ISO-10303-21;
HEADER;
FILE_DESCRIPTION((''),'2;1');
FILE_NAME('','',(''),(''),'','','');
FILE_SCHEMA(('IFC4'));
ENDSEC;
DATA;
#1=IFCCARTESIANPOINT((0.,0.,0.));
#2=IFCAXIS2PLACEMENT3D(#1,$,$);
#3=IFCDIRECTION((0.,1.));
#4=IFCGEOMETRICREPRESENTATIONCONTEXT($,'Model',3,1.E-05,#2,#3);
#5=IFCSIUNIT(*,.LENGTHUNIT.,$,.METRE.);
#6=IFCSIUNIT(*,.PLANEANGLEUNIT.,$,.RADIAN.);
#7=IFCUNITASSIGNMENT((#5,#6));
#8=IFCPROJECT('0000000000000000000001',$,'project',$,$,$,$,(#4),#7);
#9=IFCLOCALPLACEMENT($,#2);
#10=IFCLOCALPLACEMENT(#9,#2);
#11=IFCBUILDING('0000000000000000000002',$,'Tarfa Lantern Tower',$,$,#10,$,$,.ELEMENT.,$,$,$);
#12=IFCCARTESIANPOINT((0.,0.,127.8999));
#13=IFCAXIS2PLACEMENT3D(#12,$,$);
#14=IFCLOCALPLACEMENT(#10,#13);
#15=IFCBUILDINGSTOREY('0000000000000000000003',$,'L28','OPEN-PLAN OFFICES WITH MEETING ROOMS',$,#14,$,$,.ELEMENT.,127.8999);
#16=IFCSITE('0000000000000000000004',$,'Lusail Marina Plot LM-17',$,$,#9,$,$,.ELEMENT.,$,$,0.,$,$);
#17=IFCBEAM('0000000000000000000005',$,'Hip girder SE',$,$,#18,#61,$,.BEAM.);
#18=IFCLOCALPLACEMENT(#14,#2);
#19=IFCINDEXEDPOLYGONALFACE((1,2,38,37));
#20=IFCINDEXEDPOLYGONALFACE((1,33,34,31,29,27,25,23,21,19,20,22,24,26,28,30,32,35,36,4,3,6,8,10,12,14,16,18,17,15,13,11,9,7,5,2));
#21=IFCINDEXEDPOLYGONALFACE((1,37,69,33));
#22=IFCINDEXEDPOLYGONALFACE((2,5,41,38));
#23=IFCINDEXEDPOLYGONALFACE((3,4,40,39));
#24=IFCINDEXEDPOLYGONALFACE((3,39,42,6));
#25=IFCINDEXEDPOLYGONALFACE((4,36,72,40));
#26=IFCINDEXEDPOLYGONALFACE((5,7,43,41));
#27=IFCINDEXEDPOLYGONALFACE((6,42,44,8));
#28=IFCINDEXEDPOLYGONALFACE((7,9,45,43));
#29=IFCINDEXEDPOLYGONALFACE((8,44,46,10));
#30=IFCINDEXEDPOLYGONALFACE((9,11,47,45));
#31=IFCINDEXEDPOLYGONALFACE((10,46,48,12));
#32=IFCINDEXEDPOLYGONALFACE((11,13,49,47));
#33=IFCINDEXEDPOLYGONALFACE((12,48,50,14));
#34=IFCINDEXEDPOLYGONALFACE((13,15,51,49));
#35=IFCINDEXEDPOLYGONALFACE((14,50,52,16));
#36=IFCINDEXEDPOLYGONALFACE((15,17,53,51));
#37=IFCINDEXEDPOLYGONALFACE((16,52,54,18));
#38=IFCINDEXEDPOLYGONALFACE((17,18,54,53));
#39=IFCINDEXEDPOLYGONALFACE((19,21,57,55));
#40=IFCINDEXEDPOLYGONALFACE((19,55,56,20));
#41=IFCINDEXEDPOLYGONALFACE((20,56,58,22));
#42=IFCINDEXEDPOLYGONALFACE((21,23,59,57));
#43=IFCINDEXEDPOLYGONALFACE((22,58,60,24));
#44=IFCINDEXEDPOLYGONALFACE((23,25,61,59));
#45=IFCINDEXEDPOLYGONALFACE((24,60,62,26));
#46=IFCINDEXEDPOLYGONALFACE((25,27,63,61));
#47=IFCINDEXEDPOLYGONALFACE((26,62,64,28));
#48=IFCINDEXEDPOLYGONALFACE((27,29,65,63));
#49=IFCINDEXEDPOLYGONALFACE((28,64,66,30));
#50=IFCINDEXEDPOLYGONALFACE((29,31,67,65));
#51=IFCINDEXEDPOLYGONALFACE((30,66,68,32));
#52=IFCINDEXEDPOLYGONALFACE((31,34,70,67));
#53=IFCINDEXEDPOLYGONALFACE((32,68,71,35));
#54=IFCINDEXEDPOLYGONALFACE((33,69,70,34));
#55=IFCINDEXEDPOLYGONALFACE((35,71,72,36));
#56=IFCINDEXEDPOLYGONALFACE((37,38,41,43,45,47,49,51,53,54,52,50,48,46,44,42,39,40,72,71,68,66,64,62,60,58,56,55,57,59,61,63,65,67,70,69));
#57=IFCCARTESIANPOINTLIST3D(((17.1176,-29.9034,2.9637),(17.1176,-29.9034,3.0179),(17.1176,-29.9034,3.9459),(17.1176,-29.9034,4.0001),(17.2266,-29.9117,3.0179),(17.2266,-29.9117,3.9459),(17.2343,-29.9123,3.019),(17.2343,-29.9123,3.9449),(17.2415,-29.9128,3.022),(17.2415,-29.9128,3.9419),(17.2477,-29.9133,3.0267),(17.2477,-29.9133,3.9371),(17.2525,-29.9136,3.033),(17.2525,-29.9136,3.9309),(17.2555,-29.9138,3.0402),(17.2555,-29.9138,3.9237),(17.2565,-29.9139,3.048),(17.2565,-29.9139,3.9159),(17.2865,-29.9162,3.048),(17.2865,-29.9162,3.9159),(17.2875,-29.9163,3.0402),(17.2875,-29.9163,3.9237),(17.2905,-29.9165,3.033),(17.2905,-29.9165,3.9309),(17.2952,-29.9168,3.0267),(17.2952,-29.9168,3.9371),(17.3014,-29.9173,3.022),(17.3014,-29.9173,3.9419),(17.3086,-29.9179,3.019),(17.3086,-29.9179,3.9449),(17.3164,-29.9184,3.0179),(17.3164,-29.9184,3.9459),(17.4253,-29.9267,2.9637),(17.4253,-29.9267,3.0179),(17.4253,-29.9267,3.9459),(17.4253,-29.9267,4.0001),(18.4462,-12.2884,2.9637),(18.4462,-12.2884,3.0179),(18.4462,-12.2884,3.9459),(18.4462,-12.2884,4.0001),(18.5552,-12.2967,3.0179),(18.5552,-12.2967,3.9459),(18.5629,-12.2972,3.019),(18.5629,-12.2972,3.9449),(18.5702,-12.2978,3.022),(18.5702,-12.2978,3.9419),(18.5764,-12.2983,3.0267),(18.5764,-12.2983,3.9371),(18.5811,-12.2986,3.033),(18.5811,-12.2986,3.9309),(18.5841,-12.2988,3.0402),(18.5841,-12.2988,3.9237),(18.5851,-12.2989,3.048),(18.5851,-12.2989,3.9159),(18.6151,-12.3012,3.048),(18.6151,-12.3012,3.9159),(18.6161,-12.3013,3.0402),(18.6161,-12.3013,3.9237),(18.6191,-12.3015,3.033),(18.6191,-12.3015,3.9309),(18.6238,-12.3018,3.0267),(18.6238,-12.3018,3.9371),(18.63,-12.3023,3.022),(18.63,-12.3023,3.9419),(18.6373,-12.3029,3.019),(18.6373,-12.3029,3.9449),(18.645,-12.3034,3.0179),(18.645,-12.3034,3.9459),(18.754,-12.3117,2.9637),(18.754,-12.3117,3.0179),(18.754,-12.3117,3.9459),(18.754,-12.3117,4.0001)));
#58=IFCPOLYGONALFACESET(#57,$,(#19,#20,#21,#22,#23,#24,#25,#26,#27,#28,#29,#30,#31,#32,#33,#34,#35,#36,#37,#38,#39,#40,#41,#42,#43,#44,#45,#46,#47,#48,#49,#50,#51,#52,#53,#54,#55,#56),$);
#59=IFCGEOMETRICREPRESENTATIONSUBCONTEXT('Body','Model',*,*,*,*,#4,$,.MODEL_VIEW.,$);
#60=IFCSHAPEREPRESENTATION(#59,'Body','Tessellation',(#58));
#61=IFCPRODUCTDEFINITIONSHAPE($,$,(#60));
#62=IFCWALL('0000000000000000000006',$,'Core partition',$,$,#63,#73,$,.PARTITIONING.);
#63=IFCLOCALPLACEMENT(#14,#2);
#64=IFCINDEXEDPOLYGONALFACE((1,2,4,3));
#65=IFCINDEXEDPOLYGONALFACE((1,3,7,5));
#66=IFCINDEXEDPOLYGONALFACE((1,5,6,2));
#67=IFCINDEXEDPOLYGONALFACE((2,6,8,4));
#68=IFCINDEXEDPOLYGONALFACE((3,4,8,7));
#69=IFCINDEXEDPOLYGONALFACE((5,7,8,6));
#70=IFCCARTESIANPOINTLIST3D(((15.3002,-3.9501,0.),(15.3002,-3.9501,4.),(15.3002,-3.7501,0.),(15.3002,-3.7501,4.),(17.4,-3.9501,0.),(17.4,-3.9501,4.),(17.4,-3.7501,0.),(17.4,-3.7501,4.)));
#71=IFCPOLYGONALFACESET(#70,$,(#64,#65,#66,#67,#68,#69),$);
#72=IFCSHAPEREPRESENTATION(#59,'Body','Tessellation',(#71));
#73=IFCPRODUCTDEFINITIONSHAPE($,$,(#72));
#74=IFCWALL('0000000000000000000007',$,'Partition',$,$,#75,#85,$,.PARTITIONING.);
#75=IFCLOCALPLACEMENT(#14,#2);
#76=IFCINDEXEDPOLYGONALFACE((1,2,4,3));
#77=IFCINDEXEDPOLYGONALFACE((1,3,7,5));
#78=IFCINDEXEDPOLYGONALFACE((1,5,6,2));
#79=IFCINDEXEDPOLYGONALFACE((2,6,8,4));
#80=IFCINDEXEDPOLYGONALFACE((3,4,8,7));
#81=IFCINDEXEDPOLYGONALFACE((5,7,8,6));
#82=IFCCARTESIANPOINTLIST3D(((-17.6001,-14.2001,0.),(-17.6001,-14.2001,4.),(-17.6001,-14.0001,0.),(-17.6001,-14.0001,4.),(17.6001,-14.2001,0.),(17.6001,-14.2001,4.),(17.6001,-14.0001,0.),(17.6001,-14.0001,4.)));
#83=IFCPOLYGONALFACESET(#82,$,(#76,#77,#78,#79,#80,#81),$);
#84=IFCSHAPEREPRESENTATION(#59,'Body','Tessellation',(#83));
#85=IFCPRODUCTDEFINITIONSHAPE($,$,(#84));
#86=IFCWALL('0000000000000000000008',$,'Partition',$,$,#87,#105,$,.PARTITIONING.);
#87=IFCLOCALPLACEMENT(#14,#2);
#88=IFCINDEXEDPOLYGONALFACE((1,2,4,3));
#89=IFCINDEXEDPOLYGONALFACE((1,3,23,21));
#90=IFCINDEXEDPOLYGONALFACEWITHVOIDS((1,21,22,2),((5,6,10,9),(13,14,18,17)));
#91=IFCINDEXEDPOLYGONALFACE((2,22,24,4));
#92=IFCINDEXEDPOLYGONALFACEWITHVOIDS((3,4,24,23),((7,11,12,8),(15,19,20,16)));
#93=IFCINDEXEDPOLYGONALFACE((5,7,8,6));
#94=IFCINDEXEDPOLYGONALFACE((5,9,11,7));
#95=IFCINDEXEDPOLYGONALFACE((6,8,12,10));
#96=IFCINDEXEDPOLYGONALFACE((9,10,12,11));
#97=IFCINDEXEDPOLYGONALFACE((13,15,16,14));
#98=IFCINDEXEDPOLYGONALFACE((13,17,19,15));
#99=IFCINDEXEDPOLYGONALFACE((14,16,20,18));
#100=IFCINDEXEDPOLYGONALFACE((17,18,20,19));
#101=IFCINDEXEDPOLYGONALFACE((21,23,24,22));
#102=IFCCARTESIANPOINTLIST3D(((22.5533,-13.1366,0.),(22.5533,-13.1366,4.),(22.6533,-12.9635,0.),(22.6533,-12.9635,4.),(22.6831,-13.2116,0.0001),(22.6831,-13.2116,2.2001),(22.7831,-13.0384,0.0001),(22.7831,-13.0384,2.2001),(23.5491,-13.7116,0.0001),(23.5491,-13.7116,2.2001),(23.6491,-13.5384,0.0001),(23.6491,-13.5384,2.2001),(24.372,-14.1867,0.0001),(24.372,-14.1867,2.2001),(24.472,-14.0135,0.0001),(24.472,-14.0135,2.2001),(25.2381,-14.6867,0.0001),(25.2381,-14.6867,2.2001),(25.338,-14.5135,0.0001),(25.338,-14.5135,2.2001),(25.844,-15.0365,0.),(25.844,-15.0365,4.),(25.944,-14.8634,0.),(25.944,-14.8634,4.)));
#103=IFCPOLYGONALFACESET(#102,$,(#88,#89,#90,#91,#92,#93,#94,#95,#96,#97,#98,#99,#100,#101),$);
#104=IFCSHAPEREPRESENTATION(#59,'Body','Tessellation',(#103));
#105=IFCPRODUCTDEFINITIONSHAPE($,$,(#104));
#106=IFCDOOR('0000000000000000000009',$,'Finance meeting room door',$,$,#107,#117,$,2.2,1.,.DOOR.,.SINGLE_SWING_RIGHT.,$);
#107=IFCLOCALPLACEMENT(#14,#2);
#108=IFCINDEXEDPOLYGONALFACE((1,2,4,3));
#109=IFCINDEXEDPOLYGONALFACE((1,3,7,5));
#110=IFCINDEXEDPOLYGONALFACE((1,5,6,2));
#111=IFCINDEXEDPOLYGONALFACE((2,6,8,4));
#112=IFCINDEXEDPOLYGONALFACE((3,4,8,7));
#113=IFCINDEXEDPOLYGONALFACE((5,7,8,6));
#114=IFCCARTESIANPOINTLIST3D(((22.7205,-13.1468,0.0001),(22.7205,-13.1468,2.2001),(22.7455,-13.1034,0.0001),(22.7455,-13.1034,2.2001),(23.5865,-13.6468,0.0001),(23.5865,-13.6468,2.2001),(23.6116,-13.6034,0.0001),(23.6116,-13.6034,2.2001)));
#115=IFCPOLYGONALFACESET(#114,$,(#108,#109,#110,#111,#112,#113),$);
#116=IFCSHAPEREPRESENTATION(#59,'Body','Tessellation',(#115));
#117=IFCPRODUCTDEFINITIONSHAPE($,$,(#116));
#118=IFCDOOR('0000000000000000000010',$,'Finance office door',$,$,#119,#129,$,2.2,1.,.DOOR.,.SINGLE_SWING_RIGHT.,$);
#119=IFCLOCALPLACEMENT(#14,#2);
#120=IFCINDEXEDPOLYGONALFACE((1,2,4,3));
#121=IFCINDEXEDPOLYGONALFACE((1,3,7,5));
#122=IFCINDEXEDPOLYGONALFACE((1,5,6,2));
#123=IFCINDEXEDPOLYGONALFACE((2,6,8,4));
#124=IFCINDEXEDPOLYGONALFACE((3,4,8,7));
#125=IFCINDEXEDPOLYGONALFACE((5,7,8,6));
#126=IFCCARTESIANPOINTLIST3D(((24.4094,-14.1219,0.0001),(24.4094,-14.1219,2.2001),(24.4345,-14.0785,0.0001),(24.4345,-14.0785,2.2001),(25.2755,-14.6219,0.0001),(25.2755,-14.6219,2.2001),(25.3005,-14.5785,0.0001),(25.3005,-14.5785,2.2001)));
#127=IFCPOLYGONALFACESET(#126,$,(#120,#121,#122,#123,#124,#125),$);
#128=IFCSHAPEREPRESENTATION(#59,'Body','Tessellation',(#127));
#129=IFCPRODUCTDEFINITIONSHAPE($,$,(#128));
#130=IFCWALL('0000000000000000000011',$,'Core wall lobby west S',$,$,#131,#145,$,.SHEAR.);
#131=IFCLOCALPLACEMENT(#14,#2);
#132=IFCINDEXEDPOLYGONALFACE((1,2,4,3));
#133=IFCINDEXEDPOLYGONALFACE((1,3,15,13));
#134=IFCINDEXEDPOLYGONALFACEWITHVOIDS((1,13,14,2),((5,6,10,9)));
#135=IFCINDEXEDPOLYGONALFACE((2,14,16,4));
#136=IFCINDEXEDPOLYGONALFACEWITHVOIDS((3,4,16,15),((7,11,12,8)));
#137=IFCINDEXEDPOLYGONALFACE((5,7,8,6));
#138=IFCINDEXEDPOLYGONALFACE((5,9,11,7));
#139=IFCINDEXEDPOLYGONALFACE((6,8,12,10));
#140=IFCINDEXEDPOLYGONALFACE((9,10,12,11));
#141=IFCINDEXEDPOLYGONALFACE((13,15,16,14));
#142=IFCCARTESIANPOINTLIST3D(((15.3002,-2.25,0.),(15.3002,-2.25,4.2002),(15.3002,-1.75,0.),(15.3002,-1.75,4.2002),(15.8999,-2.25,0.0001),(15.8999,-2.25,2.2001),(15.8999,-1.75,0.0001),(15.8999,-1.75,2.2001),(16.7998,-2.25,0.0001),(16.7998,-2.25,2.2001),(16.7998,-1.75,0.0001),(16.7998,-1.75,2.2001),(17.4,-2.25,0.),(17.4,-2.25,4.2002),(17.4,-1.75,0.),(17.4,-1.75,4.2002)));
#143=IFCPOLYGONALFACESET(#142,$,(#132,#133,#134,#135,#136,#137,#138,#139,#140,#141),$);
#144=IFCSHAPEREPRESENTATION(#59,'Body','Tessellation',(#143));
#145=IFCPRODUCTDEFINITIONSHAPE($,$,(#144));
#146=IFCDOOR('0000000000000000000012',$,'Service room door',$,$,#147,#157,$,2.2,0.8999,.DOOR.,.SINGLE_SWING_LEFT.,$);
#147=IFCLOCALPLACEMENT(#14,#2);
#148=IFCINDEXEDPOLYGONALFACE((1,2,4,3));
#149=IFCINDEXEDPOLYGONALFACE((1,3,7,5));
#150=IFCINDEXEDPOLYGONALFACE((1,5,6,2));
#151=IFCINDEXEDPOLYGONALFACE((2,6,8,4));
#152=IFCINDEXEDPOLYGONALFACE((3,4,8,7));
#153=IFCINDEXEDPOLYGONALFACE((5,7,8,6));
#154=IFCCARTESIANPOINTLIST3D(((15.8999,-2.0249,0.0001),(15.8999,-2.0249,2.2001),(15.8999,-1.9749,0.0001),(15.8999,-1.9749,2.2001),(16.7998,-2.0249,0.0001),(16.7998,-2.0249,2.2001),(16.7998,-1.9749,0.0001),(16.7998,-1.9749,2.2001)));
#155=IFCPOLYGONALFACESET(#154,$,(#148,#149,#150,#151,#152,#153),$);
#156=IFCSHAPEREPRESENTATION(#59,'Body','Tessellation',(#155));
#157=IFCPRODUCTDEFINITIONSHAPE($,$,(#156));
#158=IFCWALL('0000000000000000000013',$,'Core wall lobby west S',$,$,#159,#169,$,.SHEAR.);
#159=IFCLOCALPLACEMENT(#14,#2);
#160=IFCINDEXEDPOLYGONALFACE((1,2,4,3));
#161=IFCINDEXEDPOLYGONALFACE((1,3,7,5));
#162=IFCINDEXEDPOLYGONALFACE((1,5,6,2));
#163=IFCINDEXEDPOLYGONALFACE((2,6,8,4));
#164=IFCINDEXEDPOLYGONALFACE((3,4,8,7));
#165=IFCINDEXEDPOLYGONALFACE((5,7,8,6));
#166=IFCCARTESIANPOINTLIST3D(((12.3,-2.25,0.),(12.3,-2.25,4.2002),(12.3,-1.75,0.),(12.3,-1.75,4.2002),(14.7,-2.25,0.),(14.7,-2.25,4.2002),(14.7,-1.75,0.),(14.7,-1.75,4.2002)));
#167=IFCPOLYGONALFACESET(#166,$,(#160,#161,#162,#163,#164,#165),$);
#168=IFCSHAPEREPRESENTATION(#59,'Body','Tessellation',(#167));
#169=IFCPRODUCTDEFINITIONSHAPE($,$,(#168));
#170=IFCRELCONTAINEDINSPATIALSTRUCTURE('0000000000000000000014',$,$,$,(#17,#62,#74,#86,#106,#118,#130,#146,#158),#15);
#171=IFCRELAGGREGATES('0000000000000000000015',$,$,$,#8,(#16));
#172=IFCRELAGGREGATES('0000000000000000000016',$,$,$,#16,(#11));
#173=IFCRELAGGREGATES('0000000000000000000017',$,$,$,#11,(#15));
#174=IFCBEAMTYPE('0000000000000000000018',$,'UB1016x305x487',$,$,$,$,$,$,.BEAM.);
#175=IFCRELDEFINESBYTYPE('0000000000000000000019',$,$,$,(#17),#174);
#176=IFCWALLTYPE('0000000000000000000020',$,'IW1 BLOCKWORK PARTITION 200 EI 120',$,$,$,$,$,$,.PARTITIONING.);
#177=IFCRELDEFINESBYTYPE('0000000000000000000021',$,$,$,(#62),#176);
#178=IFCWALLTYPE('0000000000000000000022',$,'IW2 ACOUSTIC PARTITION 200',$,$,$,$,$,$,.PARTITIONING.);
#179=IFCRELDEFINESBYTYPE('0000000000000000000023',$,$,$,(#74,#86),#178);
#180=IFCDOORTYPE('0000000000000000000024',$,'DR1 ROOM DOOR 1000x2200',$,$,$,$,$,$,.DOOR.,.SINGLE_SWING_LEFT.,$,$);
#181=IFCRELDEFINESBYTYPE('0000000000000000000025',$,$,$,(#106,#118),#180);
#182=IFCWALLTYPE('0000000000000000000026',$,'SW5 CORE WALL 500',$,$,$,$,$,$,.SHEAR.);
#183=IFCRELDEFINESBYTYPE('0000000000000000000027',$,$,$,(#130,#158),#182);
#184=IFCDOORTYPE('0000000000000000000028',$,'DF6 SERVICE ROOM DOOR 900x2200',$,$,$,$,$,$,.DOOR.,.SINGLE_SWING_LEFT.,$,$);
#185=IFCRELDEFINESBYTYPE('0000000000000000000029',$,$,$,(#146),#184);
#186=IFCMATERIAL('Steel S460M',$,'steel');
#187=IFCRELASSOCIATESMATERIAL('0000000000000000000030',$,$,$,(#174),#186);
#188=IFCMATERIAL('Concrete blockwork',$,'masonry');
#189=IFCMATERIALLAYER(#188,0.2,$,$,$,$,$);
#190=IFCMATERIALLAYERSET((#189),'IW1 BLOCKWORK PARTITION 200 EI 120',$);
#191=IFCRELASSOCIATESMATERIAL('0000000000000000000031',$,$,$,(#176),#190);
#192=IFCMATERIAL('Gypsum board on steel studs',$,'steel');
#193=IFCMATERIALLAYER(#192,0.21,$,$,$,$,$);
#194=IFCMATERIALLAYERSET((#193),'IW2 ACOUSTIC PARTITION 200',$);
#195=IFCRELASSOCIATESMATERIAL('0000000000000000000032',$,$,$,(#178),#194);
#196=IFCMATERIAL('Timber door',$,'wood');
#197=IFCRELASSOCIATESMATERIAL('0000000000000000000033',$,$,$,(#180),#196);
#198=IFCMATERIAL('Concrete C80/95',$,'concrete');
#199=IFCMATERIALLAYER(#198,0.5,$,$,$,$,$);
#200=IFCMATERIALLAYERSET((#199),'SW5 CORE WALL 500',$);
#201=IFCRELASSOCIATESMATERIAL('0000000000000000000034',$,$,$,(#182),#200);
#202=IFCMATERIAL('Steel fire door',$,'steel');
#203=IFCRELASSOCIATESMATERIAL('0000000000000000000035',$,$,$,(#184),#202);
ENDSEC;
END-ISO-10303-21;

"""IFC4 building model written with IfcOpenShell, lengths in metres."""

from ifc_helpers import new_model, si_unit, direction, frame, frame_2d, origin, origin_2d, place, context, subcontext, project, spatial, rectangle, i_section, extrude, material, layer, layer_set, material_profile, profile_set, type_object, element, fill, save


model = new_model("IFC4")

# Units and contexts
model_context = context("Model", 3, precision=1e-05, world=origin(), true_north=direction((0.0, 1.0)))
body_context = subcontext(model_context, "Body", "Model", "MODEL_VIEW")
ifc_project = project(units=[si_unit("LENGTHUNIT", "METRE"), si_unit("PLANEANGLEUNIT", "RADIAN")], contexts=[model_context])

# Site, building, storey
site_placement = place(None, origin())
site = spatial("IfcSite", under=ifc_project, at=site_placement, Name="Lusail Marina Plot LM-17", CompositionType="ELEMENT", RefElevation=0.0)
building_placement = place(site_placement, origin())
building = spatial("IfcBuilding", under=site, at=building_placement, Name="Tarfa Lantern Tower", CompositionType="ELEMENT")
storey_placement = place(building_placement, frame((0.0, 0.0, 127.8999)))
storey = spatial("IfcBuildingStorey", under=building, at=storey_placement, Name="L28", Description="OPEN-PLAN OFFICES WITH MEETING ROOMS", CompositionType="ELEMENT", Elevation=127.8999)

# Beam
ifc_material_1 = material(Name="Steel S460M", Category="steel")
ifc_material_profile = material_profile(ifc_material_1, i_section(OverallWidth=0.3086, OverallDepth=1.0364, WebThickness=0.03, FlangeThickness=0.0542, FilletRadius=0.03, at=origin_2d()), Name="UB1016x305x487")
ifc_profile_set = profile_set([ifc_material_profile], Name="Steel S460M")
beam_type = type_object("IfcBeamType", Name="UB1016x305x487", PredefinedType="BEAM", material=ifc_profile_set)
beam_placement = place(storey_placement, frame((18.6001, -12.3, 3.4819), z_axis=(-0.075212, -0.997168, 0.0), x_axis=(0.997168, -0.075212, 0.0)))
element("IfcBeam", 1, at=beam_placement, inside=storey, type_object=beam_type, Name="Hip girder SE", PredefinedType="BEAM", context=body_context, shape_type="SweptSolid", body=[
    extrude(i_section(OverallWidth=0.3086, OverallDepth=1.0364, WebThickness=0.03, FlangeThickness=0.0542, FilletRadius=0.03, at=origin_2d()), origin(), (0.0, 0.0, 1.0), 17.665),
])

# Walls
ifc_material_2 = material(Name="Concrete blockwork", Category="masonry")
ifc_layer_1 = layer(ifc_material_2, 0.2)
ifc_layer_set_1 = layer_set([ifc_layer_1], Name="IW1 BLOCKWORK PARTITION 200 EI 120")
wall_type_1 = type_object("IfcWallType", Name="IW1 BLOCKWORK PARTITION 200 EI 120", PredefinedType="PARTITIONING", material=ifc_layer_set_1)
wall_1_placement = place(storey_placement, frame((17.3999, -3.8501, 0.0), z_axis=(0.0, 0.0, 1.0), x_axis=(-1.0, 0.0, 0.0)))
element("IfcWall", 2, at=wall_1_placement, inside=storey, type_object=wall_type_1, Name="Core partition", PredefinedType="PARTITIONING", context=body_context, shape_type="SweptSolid", body=[
    extrude(rectangle(XDim=2.0999, YDim=0.2, at=frame_2d((1.0498, 0.0))), origin(), (0.0, 0.0, 1.0), 4.0),
])
ifc_material_3 = material(Name="Gypsum board on steel studs", Category="steel")
ifc_layer_2 = layer(ifc_material_3, 0.21)
ifc_layer_set_2 = layer_set([ifc_layer_2], Name="IW2 ACOUSTIC PARTITION 200")
wall_type_2 = type_object("IfcWallType", Name="IW2 ACOUSTIC PARTITION 200", PredefinedType="PARTITIONING", material=ifc_layer_set_2)
wall_2_placement = place(storey_placement, frame((17.6001, -14.1001, 0.0), z_axis=(0.0, 0.0, 1.0), x_axis=(-1.0, 0.0, 0.0)))
element("IfcWall", 3, at=wall_2_placement, inside=storey, type_object=wall_type_2, Name="Partition", PredefinedType="PARTITIONING", context=body_context, shape_type="SweptSolid", body=[
    extrude(rectangle(XDim=35.2002, YDim=0.2, at=frame_2d((17.6001, 0.0))), origin(), (0.0, 0.0, 1.0), 4.0),
])

# Wall, openings, doors
wall_3_placement = place(storey_placement, frame((22.6033, -13.05, 0.0), z_axis=(0.0, 0.0, 1.0), x_axis=(0.866028, -0.499995, 0.0)))
wall_3 = element("IfcWall", 4, at=wall_3_placement, inside=storey, type_object=wall_type_2, Name="Partition", PredefinedType="PARTITIONING", context=body_context, shape_type="SweptSolid", body=[
    extrude(rectangle(XDim=3.7998, YDim=0.2, at=frame_2d((1.8999, 0.0))), origin(), (0.0, 0.0, 1.0), 4.0),
])
opening_1_placement = place(wall_3_placement, frame((0.1499, 0.0, 0.0)))
opening_1 = element("IfcOpeningElement", 5, at=opening_1_placement, cuts=wall_3, PredefinedType="OPENING", context=body_context, shape_type="SweptSolid", body=[
    extrude(rectangle(XDim=1.0, YDim=2.2, at=frame_2d((0.5, 1.1001))), frame((0.0, 0.1099, 0.0), z_axis=(0.0, -1.0, 0.0), x_axis=(1.0, 0.0, 0.0)), (0.0, 0.0, 1.0), 0.22),
])
opening_2_placement = place(wall_3_placement, frame((2.1001, 0.0, 0.0)))
opening_2 = element("IfcOpeningElement", 6, at=opening_2_placement, cuts=wall_3, PredefinedType="OPENING", context=body_context, shape_type="SweptSolid", body=[
    extrude(rectangle(XDim=1.0, YDim=2.2, at=frame_2d((0.5, 1.1001))), frame((0.0, 0.1099, 0.0), z_axis=(0.0, -1.0, 0.0), x_axis=(1.0, 0.0, 0.0)), (0.0, 0.0, 1.0), 0.22),
])
ifc_material_4 = material(Name="Timber door", Category="wood")
door_type_1 = type_object("IfcDoorType", Name="DR1 ROOM DOOR 1000x2200", OperationType="SINGLE_SWING_LEFT", PredefinedType="DOOR", material=ifc_material_4)
door_1_placement = place(opening_1_placement, origin())
door_1 = element("IfcDoor", 7, at=door_1_placement, inside=storey, type_object=door_type_1, Name="Finance meeting room door", OperationType="SINGLE_SWING_RIGHT", OverallHeight=2.2, OverallWidth=1.0, PredefinedType="DOOR", context=body_context, shape_type="SweptSolid", body=[
    extrude(rectangle(XDim=1.0, YDim=2.2, at=frame_2d((0.5, 1.1001))), frame((0.0, 0.0249, 0.0), z_axis=(0.0, -1.0, 0.0), x_axis=(1.0, 0.0, 0.0)), (0.0, 0.0, 1.0), 0.05),
])
fill(opening_1, door_1)
door_2_placement = place(opening_2_placement, origin())
door_2 = element("IfcDoor", 8, at=door_2_placement, inside=storey, type_object=door_type_1, Name="Finance office door", OperationType="SINGLE_SWING_RIGHT", OverallHeight=2.2, OverallWidth=1.0, PredefinedType="DOOR", context=body_context, shape_type="SweptSolid", body=[
    extrude(rectangle(XDim=1.0, YDim=2.2, at=frame_2d((0.5, 1.1001))), frame((0.0, 0.0249, 0.0), z_axis=(0.0, -1.0, 0.0), x_axis=(1.0, 0.0, 0.0)), (0.0, 0.0, 1.0), 0.05),
])
fill(opening_2, door_2)

# Wall, opening, door
ifc_material_5 = material(Name="Concrete C80/95", Category="concrete")
ifc_material_6 = material(Name="Steel fire door", Category="steel")
ifc_layer_3 = layer(ifc_material_5, 0.5)
ifc_layer_set_3 = layer_set([ifc_layer_3], Name="SW5 CORE WALL 500")
wall_type_3 = type_object("IfcWallType", Name="SW5 CORE WALL 500", PredefinedType="SHEAR", material=ifc_layer_set_3)
wall_4_placement = place(storey_placement, frame((17.3999, -2.0, 0.0), z_axis=(0.0, 0.0, 1.0), x_axis=(-1.0, 0.0, 0.0)))
wall_4 = element("IfcWall", 9, at=wall_4_placement, inside=storey, type_object=wall_type_3, Name="Core wall lobby west S", PredefinedType="SHEAR", context=body_context, shape_type="SweptSolid", body=[
    extrude(rectangle(XDim=2.0999, YDim=0.5, at=frame_2d((1.0498, 0.0))), origin(), (0.0, 0.0, 1.0), 4.2002),
])
opening_3_placement = place(wall_4_placement, frame((0.6001, 0.0, 0.0)))
opening_3 = element("IfcOpeningElement", 10, at=opening_3_placement, cuts=wall_4, PredefinedType="OPENING", context=body_context, shape_type="SweptSolid", body=[
    extrude(rectangle(XDim=0.8999, YDim=2.2, at=frame_2d((0.45, 1.1001))), frame((0.0, 0.26, 0.0), z_axis=(0.0, -1.0, 0.0), x_axis=(1.0, 0.0, 0.0)), (0.0, 0.0, 1.0), 0.52),
])
door_type_2 = type_object("IfcDoorType", Name="DF6 SERVICE ROOM DOOR 900x2200", OperationType="SINGLE_SWING_LEFT", PredefinedType="DOOR", material=ifc_material_6)
door_3_placement = place(opening_3_placement, origin())
door_3 = element("IfcDoor", 11, at=door_3_placement, inside=storey, type_object=door_type_2, Name="Service room door", OperationType="SINGLE_SWING_LEFT", OverallHeight=2.2, OverallWidth=0.8999, PredefinedType="DOOR", context=body_context, shape_type="SweptSolid", body=[
    extrude(rectangle(XDim=0.8999, YDim=2.2, at=frame_2d((0.45, 1.1001))), frame((0.0, 0.0249, 0.0), z_axis=(0.0, -1.0, 0.0), x_axis=(1.0, 0.0, 0.0)), (0.0, 0.0, 1.0), 0.05),
])
fill(opening_3, door_3)

# Wall
wall_5_placement = place(storey_placement, frame((14.7, -2.0, 0.0), z_axis=(0.0, 0.0, 1.0), x_axis=(-1.0, 0.0, 0.0)))
element("IfcWall", 12, at=wall_5_placement, inside=storey, type_object=wall_type_3, Name="Core wall lobby west S", PredefinedType="SHEAR", context=body_context, shape_type="SweptSolid", body=[
    extrude(rectangle(XDim=2.3999, YDim=0.5, at=frame_2d((1.2, 0.0))), origin(), (0.0, 0.0, 1.0), 4.2002),
])

save(model, "model.ifc")
